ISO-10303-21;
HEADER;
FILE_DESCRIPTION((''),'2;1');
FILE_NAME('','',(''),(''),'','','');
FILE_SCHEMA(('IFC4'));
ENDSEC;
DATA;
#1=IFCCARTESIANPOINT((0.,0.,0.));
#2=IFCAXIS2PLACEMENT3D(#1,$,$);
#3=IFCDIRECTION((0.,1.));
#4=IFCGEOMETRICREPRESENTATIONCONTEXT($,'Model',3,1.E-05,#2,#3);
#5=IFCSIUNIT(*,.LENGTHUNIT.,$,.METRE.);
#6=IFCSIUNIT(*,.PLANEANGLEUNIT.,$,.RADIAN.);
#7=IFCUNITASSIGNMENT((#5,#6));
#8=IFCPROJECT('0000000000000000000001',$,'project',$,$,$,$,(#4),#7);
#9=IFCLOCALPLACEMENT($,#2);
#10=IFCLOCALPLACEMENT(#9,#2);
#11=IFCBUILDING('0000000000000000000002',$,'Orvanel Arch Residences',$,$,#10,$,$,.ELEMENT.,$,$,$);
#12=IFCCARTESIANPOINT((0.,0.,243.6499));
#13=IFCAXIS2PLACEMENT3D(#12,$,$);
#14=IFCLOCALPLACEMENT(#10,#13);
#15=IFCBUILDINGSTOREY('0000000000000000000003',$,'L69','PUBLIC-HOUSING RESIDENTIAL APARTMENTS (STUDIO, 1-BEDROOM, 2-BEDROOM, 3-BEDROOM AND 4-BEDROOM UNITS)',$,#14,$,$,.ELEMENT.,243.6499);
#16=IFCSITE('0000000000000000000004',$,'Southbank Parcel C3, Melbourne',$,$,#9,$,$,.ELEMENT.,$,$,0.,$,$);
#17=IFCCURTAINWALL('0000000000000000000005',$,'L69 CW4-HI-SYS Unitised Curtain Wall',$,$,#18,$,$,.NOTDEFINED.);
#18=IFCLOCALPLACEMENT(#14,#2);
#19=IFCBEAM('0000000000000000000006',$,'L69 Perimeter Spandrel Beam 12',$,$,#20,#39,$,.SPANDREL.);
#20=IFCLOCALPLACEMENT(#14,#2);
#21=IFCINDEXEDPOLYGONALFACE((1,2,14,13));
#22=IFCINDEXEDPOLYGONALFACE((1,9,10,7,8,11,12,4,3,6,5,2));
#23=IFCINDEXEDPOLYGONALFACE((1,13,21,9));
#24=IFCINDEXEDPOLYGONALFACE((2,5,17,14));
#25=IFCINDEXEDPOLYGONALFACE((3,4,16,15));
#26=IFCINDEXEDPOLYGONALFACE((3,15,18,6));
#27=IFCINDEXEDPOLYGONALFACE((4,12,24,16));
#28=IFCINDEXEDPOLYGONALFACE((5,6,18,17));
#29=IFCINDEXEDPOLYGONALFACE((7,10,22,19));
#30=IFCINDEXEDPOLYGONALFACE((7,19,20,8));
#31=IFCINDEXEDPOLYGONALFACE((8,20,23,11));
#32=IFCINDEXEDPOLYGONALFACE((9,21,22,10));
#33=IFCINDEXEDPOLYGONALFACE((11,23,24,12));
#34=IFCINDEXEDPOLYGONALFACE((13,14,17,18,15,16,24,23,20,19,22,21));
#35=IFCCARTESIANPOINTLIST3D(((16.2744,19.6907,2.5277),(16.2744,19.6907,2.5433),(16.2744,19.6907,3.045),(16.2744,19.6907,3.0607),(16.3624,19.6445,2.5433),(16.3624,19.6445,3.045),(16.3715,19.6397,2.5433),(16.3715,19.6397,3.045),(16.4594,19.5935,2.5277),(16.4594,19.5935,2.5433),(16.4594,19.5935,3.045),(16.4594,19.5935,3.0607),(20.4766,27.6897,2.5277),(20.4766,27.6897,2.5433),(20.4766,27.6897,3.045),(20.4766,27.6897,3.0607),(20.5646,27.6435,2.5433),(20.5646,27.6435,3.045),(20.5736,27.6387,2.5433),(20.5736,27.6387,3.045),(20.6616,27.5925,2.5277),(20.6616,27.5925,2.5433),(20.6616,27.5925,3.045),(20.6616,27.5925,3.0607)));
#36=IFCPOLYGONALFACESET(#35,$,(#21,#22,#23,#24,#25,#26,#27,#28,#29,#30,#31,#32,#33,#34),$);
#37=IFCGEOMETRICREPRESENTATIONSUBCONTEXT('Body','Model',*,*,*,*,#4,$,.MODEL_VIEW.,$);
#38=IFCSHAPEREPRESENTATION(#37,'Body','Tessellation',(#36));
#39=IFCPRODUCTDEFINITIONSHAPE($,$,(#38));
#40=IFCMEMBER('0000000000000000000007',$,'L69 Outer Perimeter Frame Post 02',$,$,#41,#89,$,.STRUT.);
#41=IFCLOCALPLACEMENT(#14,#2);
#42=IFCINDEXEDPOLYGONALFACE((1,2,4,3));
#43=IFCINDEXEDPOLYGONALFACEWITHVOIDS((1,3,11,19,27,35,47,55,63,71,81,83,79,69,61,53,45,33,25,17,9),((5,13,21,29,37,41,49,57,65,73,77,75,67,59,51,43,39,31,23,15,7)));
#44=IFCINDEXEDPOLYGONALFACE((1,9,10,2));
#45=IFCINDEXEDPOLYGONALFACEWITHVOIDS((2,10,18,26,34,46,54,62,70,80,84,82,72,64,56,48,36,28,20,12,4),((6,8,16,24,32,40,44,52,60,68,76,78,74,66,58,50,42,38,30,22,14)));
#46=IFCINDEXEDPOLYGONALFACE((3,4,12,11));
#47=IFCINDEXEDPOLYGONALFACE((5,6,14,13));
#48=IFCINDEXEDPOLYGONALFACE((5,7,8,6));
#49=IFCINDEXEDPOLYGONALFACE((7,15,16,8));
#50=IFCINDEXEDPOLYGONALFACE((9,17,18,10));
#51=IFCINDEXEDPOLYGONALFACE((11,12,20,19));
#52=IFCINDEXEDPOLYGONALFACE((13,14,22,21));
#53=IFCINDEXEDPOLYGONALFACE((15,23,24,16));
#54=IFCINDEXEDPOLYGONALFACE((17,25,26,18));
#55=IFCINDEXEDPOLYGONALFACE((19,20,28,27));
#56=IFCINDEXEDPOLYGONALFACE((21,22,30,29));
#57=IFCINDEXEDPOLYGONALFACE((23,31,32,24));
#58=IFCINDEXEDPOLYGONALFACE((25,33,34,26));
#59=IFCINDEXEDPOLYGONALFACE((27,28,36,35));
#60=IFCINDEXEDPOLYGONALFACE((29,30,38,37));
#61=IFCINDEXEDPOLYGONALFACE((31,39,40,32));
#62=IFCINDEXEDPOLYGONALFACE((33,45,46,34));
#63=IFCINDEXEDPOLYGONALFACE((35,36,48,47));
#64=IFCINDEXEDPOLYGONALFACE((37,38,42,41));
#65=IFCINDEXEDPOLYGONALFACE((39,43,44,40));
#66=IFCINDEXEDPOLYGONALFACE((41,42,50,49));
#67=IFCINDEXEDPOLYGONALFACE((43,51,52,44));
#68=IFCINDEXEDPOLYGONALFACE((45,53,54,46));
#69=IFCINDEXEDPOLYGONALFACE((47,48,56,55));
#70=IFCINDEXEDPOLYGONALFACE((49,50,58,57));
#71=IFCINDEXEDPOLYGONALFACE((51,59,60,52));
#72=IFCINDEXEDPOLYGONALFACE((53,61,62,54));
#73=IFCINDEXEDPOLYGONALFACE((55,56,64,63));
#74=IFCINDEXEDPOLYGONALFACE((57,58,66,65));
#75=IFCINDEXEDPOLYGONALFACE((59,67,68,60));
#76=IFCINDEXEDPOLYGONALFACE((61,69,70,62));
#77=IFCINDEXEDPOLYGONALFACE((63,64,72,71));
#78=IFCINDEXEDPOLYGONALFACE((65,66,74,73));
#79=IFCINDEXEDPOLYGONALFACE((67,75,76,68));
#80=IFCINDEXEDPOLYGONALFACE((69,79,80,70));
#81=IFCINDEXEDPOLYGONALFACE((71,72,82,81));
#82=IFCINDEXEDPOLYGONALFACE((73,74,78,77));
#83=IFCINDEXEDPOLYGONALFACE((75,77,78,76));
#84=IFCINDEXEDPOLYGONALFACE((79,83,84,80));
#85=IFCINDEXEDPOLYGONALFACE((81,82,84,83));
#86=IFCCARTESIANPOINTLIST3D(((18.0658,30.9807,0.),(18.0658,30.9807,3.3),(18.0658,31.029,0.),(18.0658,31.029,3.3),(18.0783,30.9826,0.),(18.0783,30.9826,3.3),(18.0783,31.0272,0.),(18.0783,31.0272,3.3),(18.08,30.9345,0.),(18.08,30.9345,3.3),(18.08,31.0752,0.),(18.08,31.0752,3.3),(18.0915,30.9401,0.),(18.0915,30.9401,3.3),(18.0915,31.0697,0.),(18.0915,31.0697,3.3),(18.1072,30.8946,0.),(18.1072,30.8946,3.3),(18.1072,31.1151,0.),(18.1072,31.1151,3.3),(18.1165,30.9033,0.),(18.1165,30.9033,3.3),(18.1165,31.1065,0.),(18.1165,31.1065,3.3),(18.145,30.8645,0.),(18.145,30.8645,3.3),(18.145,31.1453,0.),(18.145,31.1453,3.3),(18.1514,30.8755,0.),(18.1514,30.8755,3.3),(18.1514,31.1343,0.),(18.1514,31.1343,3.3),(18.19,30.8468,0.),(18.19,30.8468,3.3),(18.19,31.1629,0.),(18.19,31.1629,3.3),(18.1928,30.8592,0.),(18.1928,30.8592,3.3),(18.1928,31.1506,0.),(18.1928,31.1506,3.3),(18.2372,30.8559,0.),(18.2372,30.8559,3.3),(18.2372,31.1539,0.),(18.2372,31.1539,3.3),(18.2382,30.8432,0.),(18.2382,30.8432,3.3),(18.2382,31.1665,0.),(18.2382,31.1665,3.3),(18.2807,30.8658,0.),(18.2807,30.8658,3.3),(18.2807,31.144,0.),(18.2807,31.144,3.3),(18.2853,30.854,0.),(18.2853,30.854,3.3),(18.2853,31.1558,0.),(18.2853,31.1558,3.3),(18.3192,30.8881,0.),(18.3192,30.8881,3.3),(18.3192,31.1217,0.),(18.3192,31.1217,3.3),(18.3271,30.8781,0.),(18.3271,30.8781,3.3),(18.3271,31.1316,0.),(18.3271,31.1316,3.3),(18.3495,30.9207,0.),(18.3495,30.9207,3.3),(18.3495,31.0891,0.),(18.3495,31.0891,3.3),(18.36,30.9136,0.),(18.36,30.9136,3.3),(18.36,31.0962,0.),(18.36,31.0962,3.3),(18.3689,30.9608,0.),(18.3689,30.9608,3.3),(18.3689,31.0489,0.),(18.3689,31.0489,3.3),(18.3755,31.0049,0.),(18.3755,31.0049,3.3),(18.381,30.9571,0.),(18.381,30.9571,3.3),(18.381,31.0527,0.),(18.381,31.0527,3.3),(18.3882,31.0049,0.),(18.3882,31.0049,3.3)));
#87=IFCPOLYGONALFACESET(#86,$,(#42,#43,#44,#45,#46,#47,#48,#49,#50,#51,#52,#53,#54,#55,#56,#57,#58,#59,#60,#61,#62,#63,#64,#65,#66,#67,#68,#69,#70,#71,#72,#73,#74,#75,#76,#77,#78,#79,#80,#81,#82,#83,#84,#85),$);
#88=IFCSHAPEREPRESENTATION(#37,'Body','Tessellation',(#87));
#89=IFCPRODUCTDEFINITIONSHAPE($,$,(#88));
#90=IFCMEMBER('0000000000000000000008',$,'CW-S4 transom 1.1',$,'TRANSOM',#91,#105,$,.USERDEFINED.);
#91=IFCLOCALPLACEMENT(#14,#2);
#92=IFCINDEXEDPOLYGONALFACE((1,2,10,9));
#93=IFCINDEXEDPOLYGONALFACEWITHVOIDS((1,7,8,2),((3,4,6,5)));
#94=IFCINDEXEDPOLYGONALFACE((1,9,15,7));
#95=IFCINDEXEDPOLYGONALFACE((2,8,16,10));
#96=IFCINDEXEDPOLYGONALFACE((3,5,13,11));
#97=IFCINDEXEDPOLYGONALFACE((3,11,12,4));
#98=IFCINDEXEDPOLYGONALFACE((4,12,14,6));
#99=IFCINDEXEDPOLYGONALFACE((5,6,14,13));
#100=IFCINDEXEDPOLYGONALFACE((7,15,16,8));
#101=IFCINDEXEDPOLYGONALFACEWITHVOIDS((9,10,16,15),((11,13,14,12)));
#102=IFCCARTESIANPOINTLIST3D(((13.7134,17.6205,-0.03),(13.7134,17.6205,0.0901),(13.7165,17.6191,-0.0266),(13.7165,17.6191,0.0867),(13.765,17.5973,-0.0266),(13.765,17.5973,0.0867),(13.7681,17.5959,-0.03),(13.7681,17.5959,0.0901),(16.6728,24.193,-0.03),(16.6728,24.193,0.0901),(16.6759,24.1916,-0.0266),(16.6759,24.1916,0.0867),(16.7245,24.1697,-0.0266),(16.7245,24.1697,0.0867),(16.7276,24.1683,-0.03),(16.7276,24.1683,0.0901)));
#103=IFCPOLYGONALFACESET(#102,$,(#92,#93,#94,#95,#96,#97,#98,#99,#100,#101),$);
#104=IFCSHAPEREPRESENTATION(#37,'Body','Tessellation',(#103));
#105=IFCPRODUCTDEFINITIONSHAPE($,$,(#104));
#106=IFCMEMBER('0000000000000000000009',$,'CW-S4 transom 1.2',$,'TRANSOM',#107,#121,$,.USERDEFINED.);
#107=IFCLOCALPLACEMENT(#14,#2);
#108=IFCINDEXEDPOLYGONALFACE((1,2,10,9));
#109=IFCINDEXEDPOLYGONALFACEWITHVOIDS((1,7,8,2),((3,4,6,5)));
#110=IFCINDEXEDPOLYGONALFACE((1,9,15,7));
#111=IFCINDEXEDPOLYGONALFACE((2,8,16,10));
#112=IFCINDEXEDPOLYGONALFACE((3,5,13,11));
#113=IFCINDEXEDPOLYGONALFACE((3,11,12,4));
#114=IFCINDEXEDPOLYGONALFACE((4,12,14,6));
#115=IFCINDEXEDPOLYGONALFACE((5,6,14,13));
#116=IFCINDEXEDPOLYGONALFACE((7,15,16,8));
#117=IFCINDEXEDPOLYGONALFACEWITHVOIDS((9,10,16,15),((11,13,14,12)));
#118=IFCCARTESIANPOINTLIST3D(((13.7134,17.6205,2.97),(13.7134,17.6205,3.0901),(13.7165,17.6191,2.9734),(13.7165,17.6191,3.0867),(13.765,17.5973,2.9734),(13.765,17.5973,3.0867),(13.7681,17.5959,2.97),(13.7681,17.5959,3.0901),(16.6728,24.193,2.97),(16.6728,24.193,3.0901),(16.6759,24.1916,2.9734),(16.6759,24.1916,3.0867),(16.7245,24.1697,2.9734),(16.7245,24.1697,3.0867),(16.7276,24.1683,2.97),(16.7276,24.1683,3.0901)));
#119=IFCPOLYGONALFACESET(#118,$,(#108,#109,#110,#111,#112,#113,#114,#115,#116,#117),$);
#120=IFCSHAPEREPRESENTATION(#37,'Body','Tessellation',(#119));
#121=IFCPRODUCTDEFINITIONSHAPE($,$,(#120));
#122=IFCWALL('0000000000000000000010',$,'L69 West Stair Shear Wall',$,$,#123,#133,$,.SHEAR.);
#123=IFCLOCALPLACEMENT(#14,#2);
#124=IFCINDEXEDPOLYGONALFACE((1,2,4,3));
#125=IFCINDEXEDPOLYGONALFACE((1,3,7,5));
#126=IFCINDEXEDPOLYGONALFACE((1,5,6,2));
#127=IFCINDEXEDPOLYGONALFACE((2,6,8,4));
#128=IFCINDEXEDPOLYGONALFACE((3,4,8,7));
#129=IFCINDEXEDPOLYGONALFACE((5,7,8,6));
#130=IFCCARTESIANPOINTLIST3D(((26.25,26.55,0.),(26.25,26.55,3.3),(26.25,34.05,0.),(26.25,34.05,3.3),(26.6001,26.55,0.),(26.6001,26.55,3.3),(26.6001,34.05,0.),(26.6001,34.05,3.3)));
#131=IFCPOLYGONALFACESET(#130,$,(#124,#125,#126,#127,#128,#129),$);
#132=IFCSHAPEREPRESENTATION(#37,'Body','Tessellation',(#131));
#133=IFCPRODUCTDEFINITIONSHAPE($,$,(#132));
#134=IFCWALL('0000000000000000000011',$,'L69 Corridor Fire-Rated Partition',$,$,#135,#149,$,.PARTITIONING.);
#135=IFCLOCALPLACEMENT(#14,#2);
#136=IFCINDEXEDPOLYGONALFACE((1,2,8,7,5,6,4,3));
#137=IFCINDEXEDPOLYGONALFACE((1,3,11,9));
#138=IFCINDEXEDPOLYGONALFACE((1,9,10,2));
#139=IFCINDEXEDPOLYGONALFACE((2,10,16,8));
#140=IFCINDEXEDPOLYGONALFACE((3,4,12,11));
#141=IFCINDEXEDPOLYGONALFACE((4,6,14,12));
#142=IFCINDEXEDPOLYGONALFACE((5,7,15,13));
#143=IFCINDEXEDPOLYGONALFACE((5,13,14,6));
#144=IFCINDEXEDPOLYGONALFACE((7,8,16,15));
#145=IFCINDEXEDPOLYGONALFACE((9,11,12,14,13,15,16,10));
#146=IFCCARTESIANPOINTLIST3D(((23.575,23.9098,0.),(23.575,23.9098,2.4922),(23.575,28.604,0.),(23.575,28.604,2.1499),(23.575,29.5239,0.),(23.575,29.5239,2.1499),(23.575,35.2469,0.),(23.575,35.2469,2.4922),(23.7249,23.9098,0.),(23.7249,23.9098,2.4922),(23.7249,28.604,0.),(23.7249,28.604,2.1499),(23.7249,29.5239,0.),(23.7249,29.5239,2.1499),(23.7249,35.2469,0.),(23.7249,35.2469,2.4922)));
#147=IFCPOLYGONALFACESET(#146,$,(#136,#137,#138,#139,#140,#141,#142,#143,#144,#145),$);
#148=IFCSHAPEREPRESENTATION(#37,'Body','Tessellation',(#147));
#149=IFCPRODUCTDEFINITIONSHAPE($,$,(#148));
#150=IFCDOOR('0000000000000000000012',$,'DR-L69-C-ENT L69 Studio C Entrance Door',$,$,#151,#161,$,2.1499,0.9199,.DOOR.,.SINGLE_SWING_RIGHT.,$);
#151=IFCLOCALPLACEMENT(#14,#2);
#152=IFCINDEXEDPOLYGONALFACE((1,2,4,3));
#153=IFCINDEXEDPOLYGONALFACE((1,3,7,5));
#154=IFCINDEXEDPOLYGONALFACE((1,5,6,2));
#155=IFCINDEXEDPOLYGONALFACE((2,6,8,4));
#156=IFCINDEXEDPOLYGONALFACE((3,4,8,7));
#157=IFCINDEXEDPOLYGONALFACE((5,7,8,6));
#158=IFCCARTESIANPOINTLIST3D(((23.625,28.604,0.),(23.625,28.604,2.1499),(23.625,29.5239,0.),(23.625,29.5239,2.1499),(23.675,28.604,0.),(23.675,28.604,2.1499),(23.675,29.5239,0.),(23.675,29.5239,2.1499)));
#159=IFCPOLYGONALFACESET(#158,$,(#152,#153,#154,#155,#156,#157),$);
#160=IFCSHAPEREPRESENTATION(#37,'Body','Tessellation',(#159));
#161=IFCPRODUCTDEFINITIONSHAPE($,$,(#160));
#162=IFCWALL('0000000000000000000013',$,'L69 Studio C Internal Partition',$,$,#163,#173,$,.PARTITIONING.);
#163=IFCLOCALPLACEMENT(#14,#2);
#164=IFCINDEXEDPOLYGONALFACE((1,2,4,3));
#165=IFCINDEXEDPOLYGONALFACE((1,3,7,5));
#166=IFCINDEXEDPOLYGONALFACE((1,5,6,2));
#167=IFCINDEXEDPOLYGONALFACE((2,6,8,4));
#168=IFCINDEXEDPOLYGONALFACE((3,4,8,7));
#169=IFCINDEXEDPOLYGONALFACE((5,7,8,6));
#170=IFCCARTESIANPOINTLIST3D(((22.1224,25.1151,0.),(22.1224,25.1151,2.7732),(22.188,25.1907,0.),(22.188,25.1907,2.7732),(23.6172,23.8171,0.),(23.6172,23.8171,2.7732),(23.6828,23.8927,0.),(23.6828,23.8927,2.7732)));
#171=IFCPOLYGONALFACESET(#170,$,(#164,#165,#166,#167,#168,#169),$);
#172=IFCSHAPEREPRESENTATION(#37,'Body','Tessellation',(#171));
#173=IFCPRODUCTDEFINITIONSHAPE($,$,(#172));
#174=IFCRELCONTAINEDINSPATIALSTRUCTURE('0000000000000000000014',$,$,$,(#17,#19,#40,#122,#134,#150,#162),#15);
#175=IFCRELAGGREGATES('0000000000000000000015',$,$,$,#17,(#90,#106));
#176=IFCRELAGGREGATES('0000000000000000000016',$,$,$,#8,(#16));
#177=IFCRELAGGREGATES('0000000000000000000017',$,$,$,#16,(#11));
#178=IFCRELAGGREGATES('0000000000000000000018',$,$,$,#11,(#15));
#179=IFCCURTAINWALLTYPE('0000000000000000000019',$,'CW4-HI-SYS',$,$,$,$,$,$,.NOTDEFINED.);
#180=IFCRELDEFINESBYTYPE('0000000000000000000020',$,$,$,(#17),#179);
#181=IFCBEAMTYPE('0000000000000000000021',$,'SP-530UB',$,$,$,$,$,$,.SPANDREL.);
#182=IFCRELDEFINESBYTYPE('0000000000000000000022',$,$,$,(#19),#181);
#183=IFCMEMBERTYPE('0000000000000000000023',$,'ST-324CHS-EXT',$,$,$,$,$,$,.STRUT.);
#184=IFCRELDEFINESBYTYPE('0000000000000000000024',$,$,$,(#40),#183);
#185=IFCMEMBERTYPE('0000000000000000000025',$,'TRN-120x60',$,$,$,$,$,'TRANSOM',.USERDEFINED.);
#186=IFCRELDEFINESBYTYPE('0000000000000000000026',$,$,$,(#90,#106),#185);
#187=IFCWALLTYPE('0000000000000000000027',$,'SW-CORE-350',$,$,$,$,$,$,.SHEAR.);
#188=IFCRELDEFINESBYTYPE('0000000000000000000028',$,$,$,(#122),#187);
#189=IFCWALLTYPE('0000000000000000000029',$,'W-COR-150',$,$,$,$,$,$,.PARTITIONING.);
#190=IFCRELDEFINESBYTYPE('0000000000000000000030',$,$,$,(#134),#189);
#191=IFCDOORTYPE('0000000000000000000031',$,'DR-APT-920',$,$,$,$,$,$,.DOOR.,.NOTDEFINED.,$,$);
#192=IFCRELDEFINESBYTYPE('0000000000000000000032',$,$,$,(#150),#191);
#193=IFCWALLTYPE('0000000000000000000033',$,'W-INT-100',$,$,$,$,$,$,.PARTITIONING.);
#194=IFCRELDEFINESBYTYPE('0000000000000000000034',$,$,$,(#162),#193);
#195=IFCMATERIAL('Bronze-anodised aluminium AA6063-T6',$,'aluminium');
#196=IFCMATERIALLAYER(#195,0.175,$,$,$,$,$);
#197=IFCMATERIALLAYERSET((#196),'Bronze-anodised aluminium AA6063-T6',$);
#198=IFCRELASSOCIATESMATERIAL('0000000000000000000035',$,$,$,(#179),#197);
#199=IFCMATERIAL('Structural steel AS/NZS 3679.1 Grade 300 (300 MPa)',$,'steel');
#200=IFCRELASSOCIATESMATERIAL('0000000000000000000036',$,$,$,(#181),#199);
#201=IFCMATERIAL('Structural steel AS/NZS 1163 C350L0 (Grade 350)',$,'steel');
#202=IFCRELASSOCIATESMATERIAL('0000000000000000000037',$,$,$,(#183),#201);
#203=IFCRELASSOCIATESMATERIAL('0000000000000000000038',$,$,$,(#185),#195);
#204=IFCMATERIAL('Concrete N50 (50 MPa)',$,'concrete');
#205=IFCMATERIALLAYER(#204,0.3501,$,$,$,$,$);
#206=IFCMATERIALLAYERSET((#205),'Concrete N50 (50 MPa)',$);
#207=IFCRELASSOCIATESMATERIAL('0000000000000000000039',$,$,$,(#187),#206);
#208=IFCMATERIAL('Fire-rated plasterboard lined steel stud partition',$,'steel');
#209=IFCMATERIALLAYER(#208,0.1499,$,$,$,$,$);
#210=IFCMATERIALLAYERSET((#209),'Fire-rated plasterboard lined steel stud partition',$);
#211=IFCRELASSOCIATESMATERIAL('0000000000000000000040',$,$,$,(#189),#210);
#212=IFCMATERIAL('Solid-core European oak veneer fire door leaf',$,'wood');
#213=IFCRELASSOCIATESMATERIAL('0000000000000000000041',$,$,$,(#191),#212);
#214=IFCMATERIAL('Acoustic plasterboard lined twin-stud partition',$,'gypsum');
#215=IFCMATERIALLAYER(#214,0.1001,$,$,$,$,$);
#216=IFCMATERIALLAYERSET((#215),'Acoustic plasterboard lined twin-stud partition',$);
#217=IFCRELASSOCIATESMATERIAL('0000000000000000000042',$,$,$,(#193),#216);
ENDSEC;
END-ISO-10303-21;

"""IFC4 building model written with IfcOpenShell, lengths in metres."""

from ifc_helpers import new_model, si_unit, direction, frame, frame_2d, origin, origin_2d, place, context, subcontext, project, spatial, rectangle, hollow_rectangle, hollow_circle, i_section, extrude, material, layer, layer_set, material_profile, profile_set, type_object, element, fill, aggregate, save


model = new_model("IFC4")

# Units and contexts
model_context = context("Model", 3, precision=1e-05, world=origin(), true_north=direction((0.0, 1.0)))
body_context = subcontext(model_context, "Body", "Model", "MODEL_VIEW")
ifc_project = project(units=[si_unit("LENGTHUNIT", "METRE"), si_unit("PLANEANGLEUNIT", "RADIAN")], contexts=[model_context])

# Site, building, storey
site_placement = place(None, origin())
site = spatial("IfcSite", under=ifc_project, at=site_placement, Name="Southbank Parcel C3, Melbourne", CompositionType="ELEMENT", RefElevation=0.0)
building_placement = place(site_placement, origin())
building = spatial("IfcBuilding", under=site, at=building_placement, Name="Orvanel Arch Residences", CompositionType="ELEMENT")
storey_placement = place(building_placement, frame((0.0, 0.0, 243.6499)))
storey = spatial("IfcBuildingStorey", under=building, at=storey_placement, Name="L69", Description="PUBLIC-HOUSING RESIDENTIAL APARTMENTS (STUDIO, 1-BEDROOM, 2-BEDROOM, 3-BEDROOM AND 4-BEDROOM UNITS)", CompositionType="ELEMENT", Elevation=243.6499)

# Shared definitions
ifc_material_1 = material(Name="Structural steel AS/NZS 1163 C350L0 (Grade 350)", Category="steel")

# Shared definitions
ifc_material_2 = material(Name="Structural steel AS/NZS 3679.1 Grade 300 (300 MPa)", Category="steel")

# Curtain wall
ifc_material_3 = material(Name="Bronze-anodised aluminium AA6063-T6", Category="aluminium")
ifc_layer_1 = layer(ifc_material_3, 0.175)
ifc_layer_set_1 = layer_set([ifc_layer_1], Name="Bronze-anodised aluminium AA6063-T6")
curtain_wall_type = type_object("IfcCurtainWallType", Name="CW4-HI-SYS", PredefinedType="NOTDEFINED", material=ifc_layer_set_1)
curtain_wall_placement = place(storey_placement, origin())
curtain_wall = element("IfcCurtainWall", 1, at=curtain_wall_placement, inside=storey, type_object=curtain_wall_type, Name="L69 CW4-HI-SYS Unitised Curtain Wall", PredefinedType="NOTDEFINED")

# Beam
ifc_material_profile_1 = material_profile(ifc_material_2, i_section(OverallWidth=0.209, OverallDepth=0.533, WebThickness=0.0103, FlangeThickness=0.0156, at=origin_2d()), Name="530UB92.4")
ifc_profile_set_1 = profile_set([ifc_material_profile_1], Name="Structural steel AS/NZS 3679.1 Grade 300 (300 MPa)")
beam_type_1 = type_object("IfcBeamType", Name="SP-530UB", PredefinedType="SPANDREL", material=ifc_profile_set_1)
beam_1_placement = place(storey_placement, frame((20.5691, 27.6411, 2.7942), z_axis=(-0.465065, -0.885277, 0.0), x_axis=(0.885277, -0.465065, 0.0)))
element("IfcBeam", 2, at=beam_1_placement, inside=storey, type_object=beam_type_1, Name="L69 Perimeter Spandrel Beam 12", PredefinedType="SPANDREL", context=body_context, shape_type="SweptSolid", body=[
    extrude(i_section(OverallWidth=0.209, OverallDepth=0.533, WebThickness=0.0103, FlangeThickness=0.0156, at=origin_2d()), origin(), (0.0, 0.0, 1.0), 9.0356),
])

# Members
ifc_material_profile_2 = material_profile(ifc_material_1, hollow_circle(Radius=0.1621, WallThickness=0.0127, at=origin_2d()), Name="CHS324x12.7")
ifc_profile_set_2 = profile_set([ifc_material_profile_2], Name="Structural steel AS/NZS 1163 C350L0 (Grade 350)")
member_type_1 = type_object("IfcMemberType", Name="ST-324CHS-EXT", PredefinedType="STRUT", material=ifc_profile_set_2)
member_1_placement = place(storey_placement, frame((18.2261, 31.0049, 0.0), z_axis=(0.0, 0.0, 1.0), x_axis=(1.0, 0.0, 0.0)))
element("IfcMember", 3, at=member_1_placement, inside=storey, type_object=member_type_1, Name="L69 Outer Perimeter Frame Post 02", PredefinedType="STRUT", context=body_context, shape_type="SweptSolid", body=[
    extrude(hollow_circle(Radius=0.1621, WallThickness=0.0127, at=origin_2d()), origin(), (0.0, 0.0, 1.0), 3.3),
])
ifc_material_profile_3 = material_profile(ifc_material_3, hollow_rectangle(XDim=0.0601, YDim=0.1201, WallThickness=0.0034, at=origin_2d()), Name="ALU120x60x3.5")
ifc_profile_set_3 = profile_set([ifc_material_profile_3], Name="Bronze-anodised aluminium AA6063-T6")
member_type_2 = type_object("IfcMemberType", Name="TRN-120x60", ElementType="TRANSOM", PredefinedType="USERDEFINED", material=ifc_profile_set_3)
member_2_placement = place(storey_placement, frame((16.7002, 24.1807, 0.03), z_axis=(-0.410577, -0.911826, 0.0), x_axis=(0.911826, -0.410577, 0.0)))
member_2 = element("IfcMember", 4, at=member_2_placement, type_object=member_type_2, Name="CW-S4 transom 1.1", ObjectType="TRANSOM", PredefinedType="USERDEFINED", context=body_context, shape_type="SweptSolid", body=[
    extrude(hollow_rectangle(XDim=0.0601, YDim=0.1201, WallThickness=0.0034, at=origin_2d()), origin(), (0.0, 0.0, 1.0), 7.208),
])
member_3_placement = place(storey_placement, frame((16.7002, 24.1807, 3.03), z_axis=(-0.410577, -0.911826, 0.0), x_axis=(0.911826, -0.410577, 0.0)))
member_3 = element("IfcMember", 5, at=member_3_placement, type_object=member_type_2, Name="CW-S4 transom 1.2", ObjectType="TRANSOM", PredefinedType="USERDEFINED", context=body_context, shape_type="SweptSolid", body=[
    extrude(hollow_rectangle(XDim=0.0601, YDim=0.1201, WallThickness=0.0034, at=origin_2d()), origin(), (0.0, 0.0, 1.0), 7.208),
])
aggregate(curtain_wall, [member_2, member_3])

# Shared definitions
ifc_material_4 = material(Name="Concrete N50 (50 MPa)", Category="concrete")
ifc_layer_2 = layer(ifc_material_4, 0.3501)
ifc_layer_set_2 = layer_set([ifc_layer_2], Name="Concrete N50 (50 MPa)")
wall_type_1 = type_object("IfcWallType", Name="SW-CORE-350", PredefinedType="SHEAR", material=ifc_layer_set_2)

# Wall
wall_1_placement = place(storey_placement, frame((26.425, 26.55, 0.0), z_axis=(0.0, 0.0, 1.0), x_axis=(0.0, 1.0, 0.0)))
element("IfcWall", 6, at=wall_1_placement, inside=storey, type_object=wall_type_1, Name="L69 West Stair Shear Wall", PredefinedType="SHEAR", context=body_context, shape_type="SweptSolid", body=[
    extrude(rectangle(XDim=7.5, YDim=0.3501, at=frame_2d((3.75, 0.0))), origin(), (0.0, 0.0, 1.0), 3.3),
])

# Wall, opening, door
ifc_material_5 = material(Name="Fire-rated plasterboard lined steel stud partition", Category="steel")
ifc_layer_3 = layer(ifc_material_5, 0.1499)
ifc_layer_set_3 = layer_set([ifc_layer_3], Name="Fire-rated plasterboard lined steel stud partition")
wall_type_2 = type_object("IfcWallType", Name="W-COR-150", PredefinedType="PARTITIONING", material=ifc_layer_set_3)
wall_2_placement = place(storey_placement, frame((23.6499, 23.9099, 0.0), z_axis=(0.0, 0.0, 1.0), x_axis=(0.0, 1.0, 0.0)))
wall_2 = element("IfcWall", 7, at=wall_2_placement, inside=storey, type_object=wall_type_2, Name="L69 Corridor Fire-Rated Partition", PredefinedType="PARTITIONING", context=body_context, shape_type="SweptSolid", body=[
    extrude(rectangle(XDim=11.3372, YDim=0.1499, at=frame_2d((5.6685, 0.0))), origin(), (0.0, 0.0, 1.0), 2.4922),
])
opening_1_placement = place(wall_2_placement, frame((4.6941, 0.0, 0.0)))
opening_1 = element("IfcOpeningElement", 8, at=opening_1_placement, cuts=wall_2, PredefinedType="OPENING", context=body_context, shape_type="SweptSolid", body=[
    extrude(rectangle(XDim=0.9199, YDim=2.1499, at=frame_2d((0.46, 1.075))), frame((0.0, 0.085, 0.0), z_axis=(0.0, -1.0, 0.0), x_axis=(1.0, 0.0, 0.0)), (0.0, 0.0, 1.0), 0.1699),
])
ifc_material_6 = material(Name="Solid-core European oak veneer fire door leaf", Category="wood")
door_type_1 = type_object("IfcDoorType", Name="DR-APT-920", OperationType="NOTDEFINED", PredefinedType="DOOR", material=ifc_material_6)
door_1_placement = place(opening_1_placement, origin())
door_1 = element("IfcDoor", 9, at=door_1_placement, inside=storey, type_object=door_type_1, Name="DR-L69-C-ENT L69 Studio C Entrance Door", OperationType="SINGLE_SWING_RIGHT", OverallHeight=2.1499, OverallWidth=0.9199, PredefinedType="DOOR", context=body_context, shape_type="SweptSolid", body=[
    extrude(rectangle(XDim=0.9199, YDim=2.1499, at=frame_2d((0.46, 1.075))), frame((0.0, 0.0249, 0.0), z_axis=(0.0, -1.0, 0.0), x_axis=(1.0, 0.0, 0.0)), (0.0, 0.0, 1.0), 0.05),
])
fill(opening_1, door_1)

# Wall
ifc_material_7 = material(Name="Acoustic plasterboard lined twin-stud partition", Category="gypsum")
ifc_layer_4 = layer(ifc_material_7, 0.1001)
ifc_layer_set_4 = layer_set([ifc_layer_4], Name="Acoustic plasterboard lined twin-stud partition")
wall_type_3 = type_object("IfcWallType", Name="W-INT-100", PredefinedType="PARTITIONING", material=ifc_layer_set_4)
wall_3_placement = place(storey_placement, frame((23.6499, 23.855, 0.0), z_axis=(0.0, 0.0, 1.0), x_axis=(-0.755054, 0.655663, 0.0)))
element("IfcWall", 10, at=wall_3_placement, inside=storey, type_object=wall_type_3, Name="L69 Studio C Internal Partition", PredefinedType="PARTITIONING", context=body_context, shape_type="SweptSolid", body=[
    extrude(rectangle(XDim=1.9797, YDim=0.1001, at=frame_2d((0.9897, 0.0))), origin(), (0.0, 0.0, 1.0), 2.7732),
])

save(model, "model.ifc")
